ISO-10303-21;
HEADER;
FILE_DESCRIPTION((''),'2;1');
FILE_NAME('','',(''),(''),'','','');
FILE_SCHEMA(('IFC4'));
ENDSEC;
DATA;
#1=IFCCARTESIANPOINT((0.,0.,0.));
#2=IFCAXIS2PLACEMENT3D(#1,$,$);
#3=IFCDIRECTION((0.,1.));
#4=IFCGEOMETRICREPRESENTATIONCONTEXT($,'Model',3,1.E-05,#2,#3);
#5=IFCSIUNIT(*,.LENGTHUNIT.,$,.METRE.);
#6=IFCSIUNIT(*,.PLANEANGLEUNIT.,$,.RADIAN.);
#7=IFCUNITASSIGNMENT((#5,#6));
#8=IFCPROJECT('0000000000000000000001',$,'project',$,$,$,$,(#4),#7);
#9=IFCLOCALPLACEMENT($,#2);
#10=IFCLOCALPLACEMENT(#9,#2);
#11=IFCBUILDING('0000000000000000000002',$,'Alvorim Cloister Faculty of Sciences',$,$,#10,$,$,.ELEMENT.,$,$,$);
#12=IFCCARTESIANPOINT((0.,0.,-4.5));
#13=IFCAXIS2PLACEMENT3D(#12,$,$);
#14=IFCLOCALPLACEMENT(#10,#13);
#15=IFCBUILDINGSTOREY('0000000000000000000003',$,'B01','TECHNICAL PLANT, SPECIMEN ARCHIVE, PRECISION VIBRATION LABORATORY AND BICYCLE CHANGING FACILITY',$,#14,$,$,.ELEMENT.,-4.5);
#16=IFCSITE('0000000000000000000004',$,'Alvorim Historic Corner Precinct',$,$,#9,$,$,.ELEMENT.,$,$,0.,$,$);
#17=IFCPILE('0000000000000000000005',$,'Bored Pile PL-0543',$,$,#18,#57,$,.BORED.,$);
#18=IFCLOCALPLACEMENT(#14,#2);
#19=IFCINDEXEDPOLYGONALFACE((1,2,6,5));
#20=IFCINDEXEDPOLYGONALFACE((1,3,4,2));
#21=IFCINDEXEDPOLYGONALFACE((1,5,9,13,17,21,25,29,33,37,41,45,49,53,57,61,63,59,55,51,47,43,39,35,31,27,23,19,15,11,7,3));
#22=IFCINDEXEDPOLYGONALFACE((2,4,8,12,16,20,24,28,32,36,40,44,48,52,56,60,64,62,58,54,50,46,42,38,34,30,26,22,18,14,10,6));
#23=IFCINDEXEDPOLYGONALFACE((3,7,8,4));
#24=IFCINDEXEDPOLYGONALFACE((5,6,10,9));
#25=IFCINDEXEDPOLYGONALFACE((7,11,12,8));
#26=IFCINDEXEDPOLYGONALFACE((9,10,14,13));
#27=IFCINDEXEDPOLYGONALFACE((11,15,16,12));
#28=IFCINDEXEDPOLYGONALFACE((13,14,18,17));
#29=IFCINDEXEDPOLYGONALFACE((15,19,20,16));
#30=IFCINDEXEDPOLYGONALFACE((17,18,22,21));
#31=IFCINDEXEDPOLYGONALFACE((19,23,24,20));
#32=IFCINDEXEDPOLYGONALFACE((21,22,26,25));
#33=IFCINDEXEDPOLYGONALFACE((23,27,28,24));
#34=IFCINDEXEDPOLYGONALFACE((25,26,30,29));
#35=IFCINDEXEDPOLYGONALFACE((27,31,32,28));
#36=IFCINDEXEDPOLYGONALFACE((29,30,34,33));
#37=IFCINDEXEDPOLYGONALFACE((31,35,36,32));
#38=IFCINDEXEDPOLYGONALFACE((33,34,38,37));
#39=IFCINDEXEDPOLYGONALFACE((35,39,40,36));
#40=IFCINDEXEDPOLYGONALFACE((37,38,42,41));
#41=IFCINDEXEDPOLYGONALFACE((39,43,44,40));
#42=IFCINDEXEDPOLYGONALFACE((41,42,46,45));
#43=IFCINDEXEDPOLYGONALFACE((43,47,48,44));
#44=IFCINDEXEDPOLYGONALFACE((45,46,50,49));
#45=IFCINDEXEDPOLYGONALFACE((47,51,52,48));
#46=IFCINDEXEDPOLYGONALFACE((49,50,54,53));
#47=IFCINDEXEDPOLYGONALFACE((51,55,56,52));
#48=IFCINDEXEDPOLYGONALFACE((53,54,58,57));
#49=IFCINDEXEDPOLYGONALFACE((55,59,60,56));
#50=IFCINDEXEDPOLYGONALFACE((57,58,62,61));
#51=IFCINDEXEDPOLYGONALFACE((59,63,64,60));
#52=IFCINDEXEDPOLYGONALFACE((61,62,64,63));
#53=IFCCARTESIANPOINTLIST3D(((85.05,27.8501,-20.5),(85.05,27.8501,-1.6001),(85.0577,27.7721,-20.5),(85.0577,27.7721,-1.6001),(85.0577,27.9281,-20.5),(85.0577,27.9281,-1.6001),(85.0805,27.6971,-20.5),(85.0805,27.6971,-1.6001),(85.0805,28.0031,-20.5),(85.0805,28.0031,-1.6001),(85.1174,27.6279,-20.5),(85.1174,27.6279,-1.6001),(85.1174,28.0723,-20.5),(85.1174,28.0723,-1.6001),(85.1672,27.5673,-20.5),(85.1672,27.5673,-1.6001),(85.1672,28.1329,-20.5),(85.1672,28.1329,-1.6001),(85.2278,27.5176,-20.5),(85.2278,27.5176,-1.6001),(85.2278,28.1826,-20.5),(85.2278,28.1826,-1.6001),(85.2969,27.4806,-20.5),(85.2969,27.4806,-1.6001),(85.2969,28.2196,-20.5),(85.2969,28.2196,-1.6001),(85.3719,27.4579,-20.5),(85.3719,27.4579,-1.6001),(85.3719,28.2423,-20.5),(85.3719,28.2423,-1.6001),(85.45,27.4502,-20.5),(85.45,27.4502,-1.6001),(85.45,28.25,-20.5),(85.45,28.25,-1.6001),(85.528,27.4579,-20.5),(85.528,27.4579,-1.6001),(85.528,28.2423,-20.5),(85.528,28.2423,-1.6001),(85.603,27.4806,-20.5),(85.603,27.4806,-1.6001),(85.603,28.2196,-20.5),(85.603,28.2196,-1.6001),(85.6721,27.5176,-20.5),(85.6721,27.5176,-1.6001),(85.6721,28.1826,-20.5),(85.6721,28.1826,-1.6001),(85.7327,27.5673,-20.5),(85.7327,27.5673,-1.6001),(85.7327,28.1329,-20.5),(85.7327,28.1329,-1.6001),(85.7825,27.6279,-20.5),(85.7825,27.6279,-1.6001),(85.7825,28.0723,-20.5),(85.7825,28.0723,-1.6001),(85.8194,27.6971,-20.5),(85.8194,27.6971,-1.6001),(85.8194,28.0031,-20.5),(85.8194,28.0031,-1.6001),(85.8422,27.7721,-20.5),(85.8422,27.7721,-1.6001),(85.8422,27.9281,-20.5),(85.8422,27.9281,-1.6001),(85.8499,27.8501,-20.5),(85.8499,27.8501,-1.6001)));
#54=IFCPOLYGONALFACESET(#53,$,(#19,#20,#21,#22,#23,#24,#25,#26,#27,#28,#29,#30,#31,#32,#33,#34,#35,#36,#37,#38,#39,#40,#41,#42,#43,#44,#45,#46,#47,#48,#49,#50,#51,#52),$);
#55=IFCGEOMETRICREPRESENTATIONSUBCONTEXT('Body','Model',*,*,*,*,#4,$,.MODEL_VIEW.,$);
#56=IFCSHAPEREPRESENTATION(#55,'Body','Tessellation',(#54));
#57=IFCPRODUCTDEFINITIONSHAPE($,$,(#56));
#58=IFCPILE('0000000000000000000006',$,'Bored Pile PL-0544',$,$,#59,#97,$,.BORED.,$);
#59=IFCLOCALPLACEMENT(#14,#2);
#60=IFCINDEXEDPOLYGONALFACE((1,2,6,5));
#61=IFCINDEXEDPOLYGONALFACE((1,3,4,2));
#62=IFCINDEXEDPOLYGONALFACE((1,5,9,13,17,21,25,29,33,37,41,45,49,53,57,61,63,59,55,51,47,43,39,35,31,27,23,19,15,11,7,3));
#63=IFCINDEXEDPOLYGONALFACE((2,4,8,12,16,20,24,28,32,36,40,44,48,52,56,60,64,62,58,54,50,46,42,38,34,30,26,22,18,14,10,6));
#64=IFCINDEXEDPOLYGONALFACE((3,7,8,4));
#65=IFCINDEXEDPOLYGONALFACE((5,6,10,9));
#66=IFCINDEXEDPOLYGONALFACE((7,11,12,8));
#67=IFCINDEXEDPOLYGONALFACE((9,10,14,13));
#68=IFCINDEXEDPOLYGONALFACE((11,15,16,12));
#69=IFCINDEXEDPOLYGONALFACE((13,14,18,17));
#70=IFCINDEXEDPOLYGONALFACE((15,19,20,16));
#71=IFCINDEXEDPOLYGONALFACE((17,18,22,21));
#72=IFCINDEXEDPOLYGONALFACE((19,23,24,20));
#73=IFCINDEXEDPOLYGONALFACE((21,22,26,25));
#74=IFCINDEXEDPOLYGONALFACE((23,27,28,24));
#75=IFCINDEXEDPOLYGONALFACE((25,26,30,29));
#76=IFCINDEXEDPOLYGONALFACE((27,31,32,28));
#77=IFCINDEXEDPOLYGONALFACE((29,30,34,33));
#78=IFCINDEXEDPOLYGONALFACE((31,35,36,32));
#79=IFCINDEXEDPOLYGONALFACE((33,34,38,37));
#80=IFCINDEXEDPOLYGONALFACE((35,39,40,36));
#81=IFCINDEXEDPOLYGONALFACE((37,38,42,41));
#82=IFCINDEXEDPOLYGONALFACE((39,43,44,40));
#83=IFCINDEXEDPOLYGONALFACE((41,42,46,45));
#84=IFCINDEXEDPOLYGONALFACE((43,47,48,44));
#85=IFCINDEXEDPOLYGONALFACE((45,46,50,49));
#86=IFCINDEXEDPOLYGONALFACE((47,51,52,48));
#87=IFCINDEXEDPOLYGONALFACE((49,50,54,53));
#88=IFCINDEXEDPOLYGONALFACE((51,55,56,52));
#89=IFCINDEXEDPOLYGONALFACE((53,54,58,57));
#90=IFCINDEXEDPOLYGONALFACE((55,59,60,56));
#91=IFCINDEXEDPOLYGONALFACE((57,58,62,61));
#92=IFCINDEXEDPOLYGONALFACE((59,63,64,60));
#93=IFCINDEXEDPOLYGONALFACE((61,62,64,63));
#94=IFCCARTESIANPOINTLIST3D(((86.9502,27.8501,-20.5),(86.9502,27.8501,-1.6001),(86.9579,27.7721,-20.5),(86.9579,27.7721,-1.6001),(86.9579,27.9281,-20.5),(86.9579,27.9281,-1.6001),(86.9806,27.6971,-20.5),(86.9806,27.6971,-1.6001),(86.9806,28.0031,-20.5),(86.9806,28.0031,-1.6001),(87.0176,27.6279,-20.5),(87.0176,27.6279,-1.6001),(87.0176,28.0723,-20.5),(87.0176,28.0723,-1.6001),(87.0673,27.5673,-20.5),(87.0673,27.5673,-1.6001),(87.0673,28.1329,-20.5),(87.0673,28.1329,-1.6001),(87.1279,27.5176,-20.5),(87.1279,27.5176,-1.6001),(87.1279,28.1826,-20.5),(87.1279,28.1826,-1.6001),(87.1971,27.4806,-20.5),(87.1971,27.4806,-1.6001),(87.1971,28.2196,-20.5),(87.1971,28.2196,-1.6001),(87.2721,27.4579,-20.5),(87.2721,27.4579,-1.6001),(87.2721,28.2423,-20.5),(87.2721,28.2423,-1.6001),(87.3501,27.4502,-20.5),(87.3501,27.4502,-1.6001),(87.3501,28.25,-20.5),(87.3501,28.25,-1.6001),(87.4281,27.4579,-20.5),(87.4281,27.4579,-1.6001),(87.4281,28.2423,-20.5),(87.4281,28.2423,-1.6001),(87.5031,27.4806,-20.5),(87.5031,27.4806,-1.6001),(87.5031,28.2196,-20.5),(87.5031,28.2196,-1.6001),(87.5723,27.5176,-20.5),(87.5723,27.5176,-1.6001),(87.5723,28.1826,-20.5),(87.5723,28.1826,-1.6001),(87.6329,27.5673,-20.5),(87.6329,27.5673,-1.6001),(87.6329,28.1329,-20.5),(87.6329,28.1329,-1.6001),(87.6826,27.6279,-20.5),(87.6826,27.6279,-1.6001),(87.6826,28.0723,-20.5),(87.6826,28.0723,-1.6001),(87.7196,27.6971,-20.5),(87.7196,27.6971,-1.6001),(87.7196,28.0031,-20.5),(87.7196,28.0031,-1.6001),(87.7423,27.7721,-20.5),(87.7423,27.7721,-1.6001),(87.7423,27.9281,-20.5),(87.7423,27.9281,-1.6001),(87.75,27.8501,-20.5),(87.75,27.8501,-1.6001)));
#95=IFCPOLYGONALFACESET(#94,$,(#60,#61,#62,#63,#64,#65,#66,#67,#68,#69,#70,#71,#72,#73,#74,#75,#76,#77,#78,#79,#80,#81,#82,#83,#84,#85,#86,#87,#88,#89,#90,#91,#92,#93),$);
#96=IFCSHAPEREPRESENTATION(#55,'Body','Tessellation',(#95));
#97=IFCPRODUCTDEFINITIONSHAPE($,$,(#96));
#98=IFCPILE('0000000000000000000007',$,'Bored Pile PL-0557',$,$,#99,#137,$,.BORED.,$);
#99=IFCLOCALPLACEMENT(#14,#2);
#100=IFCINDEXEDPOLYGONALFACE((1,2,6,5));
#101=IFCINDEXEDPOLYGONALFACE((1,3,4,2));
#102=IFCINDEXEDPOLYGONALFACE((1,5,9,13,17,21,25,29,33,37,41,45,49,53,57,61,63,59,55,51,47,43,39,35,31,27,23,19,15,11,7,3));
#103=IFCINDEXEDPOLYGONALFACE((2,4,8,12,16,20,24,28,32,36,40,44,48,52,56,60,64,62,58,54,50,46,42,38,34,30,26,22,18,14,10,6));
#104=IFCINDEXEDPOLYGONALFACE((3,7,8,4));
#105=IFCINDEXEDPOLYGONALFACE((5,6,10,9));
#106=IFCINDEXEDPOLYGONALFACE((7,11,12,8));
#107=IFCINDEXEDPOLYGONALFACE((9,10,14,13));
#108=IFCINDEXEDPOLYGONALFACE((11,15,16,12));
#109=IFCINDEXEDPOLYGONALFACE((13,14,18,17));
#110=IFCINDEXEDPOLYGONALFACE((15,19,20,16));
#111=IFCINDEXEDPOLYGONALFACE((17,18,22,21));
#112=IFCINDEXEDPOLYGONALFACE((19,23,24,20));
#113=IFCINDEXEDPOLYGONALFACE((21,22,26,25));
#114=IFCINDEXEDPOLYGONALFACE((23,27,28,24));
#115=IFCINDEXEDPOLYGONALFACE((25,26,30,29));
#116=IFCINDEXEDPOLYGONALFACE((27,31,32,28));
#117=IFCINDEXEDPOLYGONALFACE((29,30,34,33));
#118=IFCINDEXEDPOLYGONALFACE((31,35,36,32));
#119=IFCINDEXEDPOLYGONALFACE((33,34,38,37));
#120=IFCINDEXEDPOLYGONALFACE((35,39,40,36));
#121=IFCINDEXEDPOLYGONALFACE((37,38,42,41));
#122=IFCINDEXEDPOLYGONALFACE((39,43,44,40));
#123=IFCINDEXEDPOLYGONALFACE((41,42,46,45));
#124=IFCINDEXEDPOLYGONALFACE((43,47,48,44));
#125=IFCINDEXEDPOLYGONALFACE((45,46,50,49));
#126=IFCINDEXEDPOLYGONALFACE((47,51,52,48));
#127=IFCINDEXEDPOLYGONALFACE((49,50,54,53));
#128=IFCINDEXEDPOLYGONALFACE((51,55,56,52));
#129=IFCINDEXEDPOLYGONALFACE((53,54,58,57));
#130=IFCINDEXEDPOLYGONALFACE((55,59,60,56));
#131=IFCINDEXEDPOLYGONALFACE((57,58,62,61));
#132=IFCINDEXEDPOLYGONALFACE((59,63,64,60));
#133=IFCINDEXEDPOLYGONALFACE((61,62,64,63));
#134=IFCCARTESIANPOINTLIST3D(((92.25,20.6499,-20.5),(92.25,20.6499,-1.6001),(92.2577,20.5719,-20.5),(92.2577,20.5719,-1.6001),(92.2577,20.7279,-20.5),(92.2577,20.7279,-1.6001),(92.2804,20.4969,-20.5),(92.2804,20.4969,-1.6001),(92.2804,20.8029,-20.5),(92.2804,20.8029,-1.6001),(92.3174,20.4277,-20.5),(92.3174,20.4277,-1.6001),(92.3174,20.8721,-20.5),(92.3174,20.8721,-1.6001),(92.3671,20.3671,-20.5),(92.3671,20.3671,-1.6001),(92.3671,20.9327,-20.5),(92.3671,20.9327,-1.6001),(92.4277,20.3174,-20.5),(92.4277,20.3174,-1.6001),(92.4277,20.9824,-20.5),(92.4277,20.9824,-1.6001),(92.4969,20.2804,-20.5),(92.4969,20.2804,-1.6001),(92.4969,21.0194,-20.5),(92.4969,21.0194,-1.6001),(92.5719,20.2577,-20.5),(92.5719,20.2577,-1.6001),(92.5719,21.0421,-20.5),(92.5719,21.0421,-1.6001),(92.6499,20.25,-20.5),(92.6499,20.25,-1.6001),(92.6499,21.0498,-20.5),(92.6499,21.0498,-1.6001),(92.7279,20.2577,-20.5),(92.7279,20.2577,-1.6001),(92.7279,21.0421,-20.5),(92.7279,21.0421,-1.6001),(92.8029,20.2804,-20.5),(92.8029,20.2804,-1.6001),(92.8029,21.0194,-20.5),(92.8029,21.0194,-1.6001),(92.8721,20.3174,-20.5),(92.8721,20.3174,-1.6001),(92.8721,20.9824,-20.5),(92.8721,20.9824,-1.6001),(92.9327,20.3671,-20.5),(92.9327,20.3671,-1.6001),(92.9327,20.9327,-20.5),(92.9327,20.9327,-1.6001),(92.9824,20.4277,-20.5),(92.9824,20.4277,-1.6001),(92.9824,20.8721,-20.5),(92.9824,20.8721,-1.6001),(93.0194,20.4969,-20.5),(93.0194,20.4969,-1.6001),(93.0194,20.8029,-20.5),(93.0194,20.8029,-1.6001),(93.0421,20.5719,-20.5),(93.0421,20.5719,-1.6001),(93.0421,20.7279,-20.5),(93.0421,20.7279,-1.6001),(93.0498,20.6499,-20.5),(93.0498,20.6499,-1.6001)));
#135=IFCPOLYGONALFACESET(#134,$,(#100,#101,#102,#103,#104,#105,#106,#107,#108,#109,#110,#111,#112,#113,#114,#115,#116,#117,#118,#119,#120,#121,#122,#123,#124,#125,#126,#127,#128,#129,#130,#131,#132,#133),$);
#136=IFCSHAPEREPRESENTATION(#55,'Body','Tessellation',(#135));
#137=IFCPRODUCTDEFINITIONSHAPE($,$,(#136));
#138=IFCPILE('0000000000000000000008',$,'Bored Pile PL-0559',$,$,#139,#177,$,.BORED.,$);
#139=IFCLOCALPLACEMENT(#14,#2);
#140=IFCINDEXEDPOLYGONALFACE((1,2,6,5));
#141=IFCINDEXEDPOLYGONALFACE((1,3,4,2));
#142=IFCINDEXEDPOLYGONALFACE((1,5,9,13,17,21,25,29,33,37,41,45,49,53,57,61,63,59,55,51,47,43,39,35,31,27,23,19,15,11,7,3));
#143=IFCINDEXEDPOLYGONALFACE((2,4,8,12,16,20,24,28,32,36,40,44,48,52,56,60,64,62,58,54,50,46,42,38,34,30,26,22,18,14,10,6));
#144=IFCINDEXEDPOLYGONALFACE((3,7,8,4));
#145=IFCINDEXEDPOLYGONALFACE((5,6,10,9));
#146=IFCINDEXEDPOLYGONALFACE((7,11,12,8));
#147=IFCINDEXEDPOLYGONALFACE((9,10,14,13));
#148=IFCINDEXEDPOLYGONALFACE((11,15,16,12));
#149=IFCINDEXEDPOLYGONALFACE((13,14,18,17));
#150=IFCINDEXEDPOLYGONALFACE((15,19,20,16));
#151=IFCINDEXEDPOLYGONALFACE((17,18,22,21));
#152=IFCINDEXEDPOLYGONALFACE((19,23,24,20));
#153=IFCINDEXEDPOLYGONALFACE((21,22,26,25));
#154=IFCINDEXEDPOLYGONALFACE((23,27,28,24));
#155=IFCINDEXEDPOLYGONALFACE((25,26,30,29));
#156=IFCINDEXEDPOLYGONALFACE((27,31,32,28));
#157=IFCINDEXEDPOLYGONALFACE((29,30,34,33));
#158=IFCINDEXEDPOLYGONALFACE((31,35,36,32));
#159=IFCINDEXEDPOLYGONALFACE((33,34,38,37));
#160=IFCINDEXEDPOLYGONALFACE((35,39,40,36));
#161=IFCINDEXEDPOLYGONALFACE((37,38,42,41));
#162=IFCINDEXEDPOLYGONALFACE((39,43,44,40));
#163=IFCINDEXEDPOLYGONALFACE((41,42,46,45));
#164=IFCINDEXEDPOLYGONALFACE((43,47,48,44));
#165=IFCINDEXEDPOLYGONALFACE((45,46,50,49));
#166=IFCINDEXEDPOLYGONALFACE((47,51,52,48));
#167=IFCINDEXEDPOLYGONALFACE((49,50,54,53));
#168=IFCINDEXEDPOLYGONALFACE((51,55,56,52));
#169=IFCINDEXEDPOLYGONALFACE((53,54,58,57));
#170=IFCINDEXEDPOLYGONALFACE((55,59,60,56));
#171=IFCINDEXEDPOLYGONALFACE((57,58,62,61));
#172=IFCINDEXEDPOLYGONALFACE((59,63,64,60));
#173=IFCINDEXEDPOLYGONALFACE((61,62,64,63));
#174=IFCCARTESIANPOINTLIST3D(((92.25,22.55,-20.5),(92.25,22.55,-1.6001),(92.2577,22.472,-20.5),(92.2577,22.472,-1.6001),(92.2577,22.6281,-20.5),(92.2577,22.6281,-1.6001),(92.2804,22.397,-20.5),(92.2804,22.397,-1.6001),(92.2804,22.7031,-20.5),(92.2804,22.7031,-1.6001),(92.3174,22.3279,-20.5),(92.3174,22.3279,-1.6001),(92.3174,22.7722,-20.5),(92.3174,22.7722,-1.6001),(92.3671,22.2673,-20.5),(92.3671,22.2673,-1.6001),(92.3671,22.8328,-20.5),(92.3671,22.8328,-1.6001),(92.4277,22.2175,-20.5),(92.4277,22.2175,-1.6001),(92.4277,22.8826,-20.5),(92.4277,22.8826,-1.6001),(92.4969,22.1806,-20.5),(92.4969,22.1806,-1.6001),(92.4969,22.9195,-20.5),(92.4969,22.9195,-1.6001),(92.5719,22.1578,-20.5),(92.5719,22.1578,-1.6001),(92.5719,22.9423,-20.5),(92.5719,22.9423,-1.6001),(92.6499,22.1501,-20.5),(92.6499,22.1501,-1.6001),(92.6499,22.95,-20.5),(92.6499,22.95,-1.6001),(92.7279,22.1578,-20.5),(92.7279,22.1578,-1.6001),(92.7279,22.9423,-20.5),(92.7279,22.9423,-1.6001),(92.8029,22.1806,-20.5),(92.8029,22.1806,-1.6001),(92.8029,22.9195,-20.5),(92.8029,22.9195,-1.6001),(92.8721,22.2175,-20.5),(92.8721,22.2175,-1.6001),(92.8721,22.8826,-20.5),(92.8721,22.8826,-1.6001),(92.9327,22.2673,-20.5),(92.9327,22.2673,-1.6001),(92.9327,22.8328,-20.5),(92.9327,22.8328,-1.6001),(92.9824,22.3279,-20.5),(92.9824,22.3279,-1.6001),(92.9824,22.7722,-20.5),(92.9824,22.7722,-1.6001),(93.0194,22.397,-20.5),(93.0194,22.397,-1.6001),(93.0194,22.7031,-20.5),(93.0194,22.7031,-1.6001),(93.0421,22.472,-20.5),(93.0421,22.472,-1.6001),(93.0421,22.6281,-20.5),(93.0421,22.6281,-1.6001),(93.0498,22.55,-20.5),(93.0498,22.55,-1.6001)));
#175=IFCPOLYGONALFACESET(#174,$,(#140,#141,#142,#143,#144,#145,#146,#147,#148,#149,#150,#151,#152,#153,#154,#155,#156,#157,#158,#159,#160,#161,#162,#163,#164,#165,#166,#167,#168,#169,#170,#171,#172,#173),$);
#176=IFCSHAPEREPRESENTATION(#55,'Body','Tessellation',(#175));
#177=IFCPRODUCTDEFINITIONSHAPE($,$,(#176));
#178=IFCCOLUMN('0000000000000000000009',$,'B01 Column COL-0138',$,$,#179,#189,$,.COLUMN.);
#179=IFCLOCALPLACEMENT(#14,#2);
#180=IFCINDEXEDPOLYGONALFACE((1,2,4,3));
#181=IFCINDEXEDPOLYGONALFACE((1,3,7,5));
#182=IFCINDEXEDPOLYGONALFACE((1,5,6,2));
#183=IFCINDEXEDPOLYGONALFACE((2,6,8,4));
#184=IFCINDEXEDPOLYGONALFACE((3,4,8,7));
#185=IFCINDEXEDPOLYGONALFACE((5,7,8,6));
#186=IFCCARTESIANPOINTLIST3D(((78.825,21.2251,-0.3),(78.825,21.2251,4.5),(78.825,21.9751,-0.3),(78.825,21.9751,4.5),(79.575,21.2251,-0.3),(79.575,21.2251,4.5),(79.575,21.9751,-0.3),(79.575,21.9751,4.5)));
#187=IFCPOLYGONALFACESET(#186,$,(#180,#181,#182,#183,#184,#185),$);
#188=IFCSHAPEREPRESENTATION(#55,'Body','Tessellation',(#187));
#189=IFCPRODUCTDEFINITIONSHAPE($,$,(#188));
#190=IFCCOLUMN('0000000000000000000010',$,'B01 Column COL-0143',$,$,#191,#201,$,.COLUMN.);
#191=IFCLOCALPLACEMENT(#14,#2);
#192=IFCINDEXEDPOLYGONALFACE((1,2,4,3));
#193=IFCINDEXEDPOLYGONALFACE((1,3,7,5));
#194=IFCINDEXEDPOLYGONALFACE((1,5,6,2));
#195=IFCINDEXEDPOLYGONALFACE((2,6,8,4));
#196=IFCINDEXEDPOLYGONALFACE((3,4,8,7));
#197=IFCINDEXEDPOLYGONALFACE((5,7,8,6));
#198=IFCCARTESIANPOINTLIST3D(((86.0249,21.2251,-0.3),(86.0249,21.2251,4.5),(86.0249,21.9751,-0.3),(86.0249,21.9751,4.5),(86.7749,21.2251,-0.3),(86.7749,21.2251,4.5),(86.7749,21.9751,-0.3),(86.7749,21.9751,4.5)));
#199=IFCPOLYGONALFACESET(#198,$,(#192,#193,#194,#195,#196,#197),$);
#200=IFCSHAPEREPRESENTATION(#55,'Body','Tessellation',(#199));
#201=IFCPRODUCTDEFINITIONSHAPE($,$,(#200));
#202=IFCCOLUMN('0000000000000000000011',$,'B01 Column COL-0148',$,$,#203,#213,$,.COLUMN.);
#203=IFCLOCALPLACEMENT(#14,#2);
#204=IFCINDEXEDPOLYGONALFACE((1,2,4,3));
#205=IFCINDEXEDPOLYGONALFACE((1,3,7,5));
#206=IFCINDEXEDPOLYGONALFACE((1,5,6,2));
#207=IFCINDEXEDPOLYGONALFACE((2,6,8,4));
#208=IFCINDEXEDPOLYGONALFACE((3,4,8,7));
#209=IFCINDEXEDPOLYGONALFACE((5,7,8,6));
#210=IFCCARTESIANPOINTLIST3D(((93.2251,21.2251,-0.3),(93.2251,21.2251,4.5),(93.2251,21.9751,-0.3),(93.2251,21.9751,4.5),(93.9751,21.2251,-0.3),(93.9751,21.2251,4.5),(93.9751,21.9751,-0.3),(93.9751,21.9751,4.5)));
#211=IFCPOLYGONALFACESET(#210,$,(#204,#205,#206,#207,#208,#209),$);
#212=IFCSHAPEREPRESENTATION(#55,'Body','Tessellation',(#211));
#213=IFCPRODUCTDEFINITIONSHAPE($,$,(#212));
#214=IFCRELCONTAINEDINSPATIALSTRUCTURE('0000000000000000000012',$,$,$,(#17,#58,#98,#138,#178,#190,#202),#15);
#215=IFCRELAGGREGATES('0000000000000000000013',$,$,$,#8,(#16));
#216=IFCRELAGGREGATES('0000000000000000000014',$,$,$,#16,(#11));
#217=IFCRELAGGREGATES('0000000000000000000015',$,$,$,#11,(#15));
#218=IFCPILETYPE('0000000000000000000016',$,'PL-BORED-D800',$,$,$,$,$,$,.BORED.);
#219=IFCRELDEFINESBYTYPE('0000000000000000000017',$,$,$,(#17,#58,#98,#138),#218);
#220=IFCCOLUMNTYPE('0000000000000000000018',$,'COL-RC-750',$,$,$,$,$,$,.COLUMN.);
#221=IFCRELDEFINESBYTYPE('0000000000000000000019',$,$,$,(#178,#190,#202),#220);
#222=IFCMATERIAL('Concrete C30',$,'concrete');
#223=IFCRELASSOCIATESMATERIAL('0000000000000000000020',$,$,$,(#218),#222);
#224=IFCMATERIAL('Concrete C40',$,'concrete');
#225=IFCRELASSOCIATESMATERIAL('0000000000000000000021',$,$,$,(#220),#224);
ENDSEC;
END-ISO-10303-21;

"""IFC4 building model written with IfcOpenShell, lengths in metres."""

from ifc_helpers import new_model, si_unit, direction, frame, origin, origin_2d, place, context, subcontext, project, spatial, rectangle, circle, extrude, material, material_profile, profile_set, type_object, element, save


model = new_model("IFC4")

# Units and contexts
model_context = context("Model", 3, precision=1e-05, world=origin(), true_north=direction((0.0, 1.0)))
body_context = subcontext(model_context, "Body", "Model", "MODEL_VIEW")
ifc_project = project(units=[si_unit("LENGTHUNIT", "METRE"), si_unit("PLANEANGLEUNIT", "RADIAN")], contexts=[model_context])

# Site, building, storey
site_placement = place(None, origin())
site = spatial("IfcSite", under=ifc_project, at=site_placement, Name="Alvorim Historic Corner Precinct", CompositionType="ELEMENT", RefElevation=0.0)
building_placement = place(site_placement, origin())
building = spatial("IfcBuilding", under=site, at=building_placement, Name="Alvorim Cloister Faculty of Sciences", CompositionType="ELEMENT")
storey_placement = place(building_placement, frame((0.0, 0.0, -4.5)))
storey = spatial("IfcBuildingStorey", under=building, at=storey_placement, Name="B01", Description="TECHNICAL PLANT, SPECIMEN ARCHIVE, PRECISION VIBRATION LABORATORY AND BICYCLE CHANGING FACILITY", CompositionType="ELEMENT", Elevation=-4.5)

# Shared definitions
ifc_material_1 = material(Name="Concrete C40", Category="concrete")

# Piles
ifc_material_2 = material(Name="Concrete C30", Category="concrete")
ifc_material_profile_1 = material_profile(ifc_material_2, circle(Radius=0.3999, at=origin_2d()), Name="PILE-D800")
ifc_profile_set_1 = profile_set([ifc_material_profile_1], Name="Concrete C30")
pile_type = type_object("IfcPileType", Name="PL-BORED-D800", PredefinedType="BORED", material=ifc_profile_set_1)
for number, where, z_axis, x_axis, name in (
    (1, (85.45, 27.8501, -1.6001), (0.0, 0.0, -1.0), (1.0, 0.0, 0.0), "Bored Pile PL-0543"),
    (2, (87.3501, 27.8501, -1.6001), (0.0, 0.0, -1.0), (1.0, 0.0, 0.0), "Bored Pile PL-0544"),
    (3, (92.6499, 20.6499, -1.6001), (0.0, 0.0, -1.0), (1.0, 0.0, 0.0), "Bored Pile PL-0557"),
    (4, (92.6499, 22.55, -1.6001), (0.0, 0.0, -1.0), (1.0, 0.0, 0.0), "Bored Pile PL-0559"),
):
    element("IfcPile", number, at=place(storey_placement, frame(where, z_axis=z_axis, x_axis=x_axis)), inside=storey, type_object=pile_type, Name=name, PredefinedType="BORED", context=body_context, shape_type="SweptSolid", body=[
        extrude(circle(Radius=0.3999, at=origin_2d()), origin(), (0.0, 0.0, 1.0), 18.8999),
    ])

# Columns
ifc_material_profile_2 = material_profile(ifc_material_1, rectangle(XDim=0.75, YDim=0.75, at=origin_2d()), Name="RC40-COL-750x750")
ifc_profile_set_2 = profile_set([ifc_material_profile_2], Name="Concrete C40")
column_type = type_object("IfcColumnType", Name="COL-RC-750", PredefinedType="COLUMN", material=ifc_profile_set_2)
for number, where, z_axis, x_axis, name in (
    (5, (79.2, 21.6001, -0.3), (0.0, 0.0, 1.0), (1.0, 0.0, 0.0), "B01 Column COL-0138"),
    (6, (86.3999, 21.6001, -0.3), (0.0, 0.0, 1.0), (1.0, 0.0, 0.0), "B01 Column COL-0143"),
    (7, (93.6001, 21.6001, -0.3), (0.0, 0.0, 1.0), (1.0, 0.0, 0.0), "B01 Column COL-0148"),
):
    element("IfcColumn", number, at=place(storey_placement, frame(where, z_axis=z_axis, x_axis=x_axis)), inside=storey, type_object=column_type, Name=name, PredefinedType="COLUMN", context=body_context, shape_type="SweptSolid", body=[
        extrude(rectangle(XDim=0.75, YDim=0.75, at=origin_2d()), origin(), (0.0, 0.0, 1.0), 4.8),
    ])

save(model, "model.ifc")
